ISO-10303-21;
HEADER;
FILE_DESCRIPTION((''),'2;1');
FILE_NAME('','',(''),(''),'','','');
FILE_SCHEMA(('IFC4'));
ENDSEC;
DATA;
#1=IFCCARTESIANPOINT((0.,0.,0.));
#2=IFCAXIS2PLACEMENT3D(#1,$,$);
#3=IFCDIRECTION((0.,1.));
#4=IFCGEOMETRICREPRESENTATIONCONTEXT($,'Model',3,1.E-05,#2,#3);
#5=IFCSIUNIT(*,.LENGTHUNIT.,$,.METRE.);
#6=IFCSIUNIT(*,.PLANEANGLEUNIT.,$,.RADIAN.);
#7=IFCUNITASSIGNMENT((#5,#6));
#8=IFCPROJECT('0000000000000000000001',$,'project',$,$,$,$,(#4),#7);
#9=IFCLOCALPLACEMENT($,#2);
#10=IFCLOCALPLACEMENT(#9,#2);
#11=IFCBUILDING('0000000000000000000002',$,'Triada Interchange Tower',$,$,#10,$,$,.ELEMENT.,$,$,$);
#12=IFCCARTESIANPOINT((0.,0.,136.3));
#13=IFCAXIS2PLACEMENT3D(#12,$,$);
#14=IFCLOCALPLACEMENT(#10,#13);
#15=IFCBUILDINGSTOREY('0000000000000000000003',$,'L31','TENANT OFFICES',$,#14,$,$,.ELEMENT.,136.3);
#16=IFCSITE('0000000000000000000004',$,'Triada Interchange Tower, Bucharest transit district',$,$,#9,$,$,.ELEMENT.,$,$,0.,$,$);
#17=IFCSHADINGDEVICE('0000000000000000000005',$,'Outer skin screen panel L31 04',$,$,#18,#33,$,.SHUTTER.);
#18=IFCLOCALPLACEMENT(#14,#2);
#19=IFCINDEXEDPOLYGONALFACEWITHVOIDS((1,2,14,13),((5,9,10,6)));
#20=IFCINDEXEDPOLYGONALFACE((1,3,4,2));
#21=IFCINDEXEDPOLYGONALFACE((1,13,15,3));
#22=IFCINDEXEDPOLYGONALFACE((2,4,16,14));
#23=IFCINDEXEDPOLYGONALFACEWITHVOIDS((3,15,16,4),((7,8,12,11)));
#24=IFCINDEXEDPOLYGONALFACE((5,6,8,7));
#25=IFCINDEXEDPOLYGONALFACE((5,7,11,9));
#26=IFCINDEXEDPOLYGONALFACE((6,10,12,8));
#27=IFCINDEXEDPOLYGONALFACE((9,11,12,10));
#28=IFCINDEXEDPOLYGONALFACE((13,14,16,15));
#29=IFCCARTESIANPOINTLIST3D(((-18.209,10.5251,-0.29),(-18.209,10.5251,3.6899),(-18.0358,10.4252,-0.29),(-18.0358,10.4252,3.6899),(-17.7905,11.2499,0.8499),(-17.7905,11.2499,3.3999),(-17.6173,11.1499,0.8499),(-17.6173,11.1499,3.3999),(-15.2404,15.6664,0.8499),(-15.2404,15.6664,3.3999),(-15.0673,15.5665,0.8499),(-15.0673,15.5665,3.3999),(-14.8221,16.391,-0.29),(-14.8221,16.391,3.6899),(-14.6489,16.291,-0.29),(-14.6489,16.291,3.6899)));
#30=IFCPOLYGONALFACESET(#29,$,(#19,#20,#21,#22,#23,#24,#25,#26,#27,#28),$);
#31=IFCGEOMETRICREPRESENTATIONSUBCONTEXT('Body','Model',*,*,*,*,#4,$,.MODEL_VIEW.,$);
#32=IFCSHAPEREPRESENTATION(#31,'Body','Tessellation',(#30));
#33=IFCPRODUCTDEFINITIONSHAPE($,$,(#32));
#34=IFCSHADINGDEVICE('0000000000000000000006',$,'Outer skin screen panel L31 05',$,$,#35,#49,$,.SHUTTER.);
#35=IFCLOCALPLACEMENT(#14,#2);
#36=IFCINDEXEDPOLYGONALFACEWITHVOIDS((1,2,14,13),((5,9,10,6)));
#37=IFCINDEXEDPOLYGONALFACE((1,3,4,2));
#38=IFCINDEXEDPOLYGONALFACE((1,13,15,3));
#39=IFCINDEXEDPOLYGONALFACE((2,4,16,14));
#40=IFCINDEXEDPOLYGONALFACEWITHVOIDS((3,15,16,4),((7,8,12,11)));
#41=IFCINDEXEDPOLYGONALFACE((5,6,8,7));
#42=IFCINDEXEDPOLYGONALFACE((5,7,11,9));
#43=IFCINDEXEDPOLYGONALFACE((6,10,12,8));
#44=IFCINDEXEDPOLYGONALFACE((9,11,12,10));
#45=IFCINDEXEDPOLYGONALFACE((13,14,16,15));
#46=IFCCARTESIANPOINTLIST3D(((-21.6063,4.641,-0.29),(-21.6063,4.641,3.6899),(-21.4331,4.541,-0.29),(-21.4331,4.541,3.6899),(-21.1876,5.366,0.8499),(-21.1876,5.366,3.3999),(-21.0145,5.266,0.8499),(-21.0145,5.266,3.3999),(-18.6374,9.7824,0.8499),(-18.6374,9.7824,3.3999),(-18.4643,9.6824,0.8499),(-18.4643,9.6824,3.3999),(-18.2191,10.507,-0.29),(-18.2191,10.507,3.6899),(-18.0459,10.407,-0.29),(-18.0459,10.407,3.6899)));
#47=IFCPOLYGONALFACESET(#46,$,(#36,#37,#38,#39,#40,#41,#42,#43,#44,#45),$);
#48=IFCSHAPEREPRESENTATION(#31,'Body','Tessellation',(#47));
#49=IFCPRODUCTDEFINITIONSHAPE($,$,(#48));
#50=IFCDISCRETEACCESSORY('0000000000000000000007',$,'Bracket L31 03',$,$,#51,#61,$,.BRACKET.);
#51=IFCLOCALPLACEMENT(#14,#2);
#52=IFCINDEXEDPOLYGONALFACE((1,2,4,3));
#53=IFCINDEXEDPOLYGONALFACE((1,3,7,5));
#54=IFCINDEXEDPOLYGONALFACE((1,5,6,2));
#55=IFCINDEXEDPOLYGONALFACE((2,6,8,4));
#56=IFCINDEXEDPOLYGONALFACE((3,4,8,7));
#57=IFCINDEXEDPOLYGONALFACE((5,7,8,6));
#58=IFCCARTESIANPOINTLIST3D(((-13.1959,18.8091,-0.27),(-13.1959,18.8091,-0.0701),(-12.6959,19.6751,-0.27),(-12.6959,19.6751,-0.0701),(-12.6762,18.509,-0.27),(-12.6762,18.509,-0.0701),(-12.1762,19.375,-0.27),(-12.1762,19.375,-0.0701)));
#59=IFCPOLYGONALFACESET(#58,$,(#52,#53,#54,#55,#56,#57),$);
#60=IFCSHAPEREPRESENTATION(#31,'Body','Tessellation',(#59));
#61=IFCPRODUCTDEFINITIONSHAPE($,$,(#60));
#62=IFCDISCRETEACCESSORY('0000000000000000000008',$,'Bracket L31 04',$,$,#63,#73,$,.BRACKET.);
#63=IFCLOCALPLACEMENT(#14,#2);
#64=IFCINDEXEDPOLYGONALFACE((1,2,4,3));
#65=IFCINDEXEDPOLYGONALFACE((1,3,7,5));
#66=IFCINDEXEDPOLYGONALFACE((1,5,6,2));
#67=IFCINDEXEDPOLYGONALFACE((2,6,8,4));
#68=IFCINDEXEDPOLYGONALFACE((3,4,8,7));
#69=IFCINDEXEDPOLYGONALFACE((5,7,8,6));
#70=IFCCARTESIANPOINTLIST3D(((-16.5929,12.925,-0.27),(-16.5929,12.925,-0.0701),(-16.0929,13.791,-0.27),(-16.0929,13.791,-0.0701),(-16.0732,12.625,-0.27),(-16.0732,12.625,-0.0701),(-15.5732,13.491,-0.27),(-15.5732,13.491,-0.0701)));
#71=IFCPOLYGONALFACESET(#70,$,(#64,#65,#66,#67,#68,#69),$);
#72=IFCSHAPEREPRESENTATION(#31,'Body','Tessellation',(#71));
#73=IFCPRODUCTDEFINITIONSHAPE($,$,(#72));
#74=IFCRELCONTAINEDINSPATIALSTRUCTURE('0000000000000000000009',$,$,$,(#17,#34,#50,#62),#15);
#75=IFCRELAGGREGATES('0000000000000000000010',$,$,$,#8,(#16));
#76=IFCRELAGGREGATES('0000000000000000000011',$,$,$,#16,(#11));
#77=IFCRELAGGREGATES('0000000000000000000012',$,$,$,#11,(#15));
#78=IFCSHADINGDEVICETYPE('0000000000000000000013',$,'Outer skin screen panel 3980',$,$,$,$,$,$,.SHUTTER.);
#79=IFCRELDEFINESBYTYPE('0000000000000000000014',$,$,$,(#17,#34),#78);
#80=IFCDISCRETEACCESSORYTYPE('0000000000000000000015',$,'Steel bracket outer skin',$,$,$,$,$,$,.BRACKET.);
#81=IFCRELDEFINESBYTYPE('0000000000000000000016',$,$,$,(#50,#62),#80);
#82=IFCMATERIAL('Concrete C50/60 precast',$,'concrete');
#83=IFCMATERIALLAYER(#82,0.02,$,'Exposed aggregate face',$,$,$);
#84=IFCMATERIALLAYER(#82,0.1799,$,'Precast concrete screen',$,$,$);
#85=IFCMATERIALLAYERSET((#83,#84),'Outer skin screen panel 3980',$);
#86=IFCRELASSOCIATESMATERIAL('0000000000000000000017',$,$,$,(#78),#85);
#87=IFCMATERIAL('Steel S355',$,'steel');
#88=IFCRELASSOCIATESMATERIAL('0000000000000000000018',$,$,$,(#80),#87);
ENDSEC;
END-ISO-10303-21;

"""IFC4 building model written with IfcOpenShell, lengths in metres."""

from ifc_helpers import new_model, si_unit, direction, frame, origin, origin_2d, place, context, subcontext, project, spatial, polyline, rectangle, outline, extrude, material, layer, layer_set, type_object, element, save


model = new_model("IFC4")

# Units and contexts
model_context = context("Model", 3, precision=1e-05, world=origin(), true_north=direction((0.0, 1.0)))
body_context = subcontext(model_context, "Body", "Model", "MODEL_VIEW")
ifc_project = project(units=[si_unit("LENGTHUNIT", "METRE"), si_unit("PLANEANGLEUNIT", "RADIAN")], contexts=[model_context])

# Site, building, storey
site_placement = place(None, origin())
site = spatial("IfcSite", under=ifc_project, at=site_placement, Name="Triada Interchange Tower, Bucharest transit district", CompositionType="ELEMENT", RefElevation=0.0)
building_placement = place(site_placement, origin())
building = spatial("IfcBuilding", under=site, at=building_placement, Name="Triada Interchange Tower", CompositionType="ELEMENT")
storey_placement = place(building_placement, frame((0.0, 0.0, 136.3)))
storey = spatial("IfcBuildingStorey", under=building, at=storey_placement, Name="L31", Description="TENANT OFFICES", CompositionType="ELEMENT", Elevation=136.3)

# Shading devices
ifc_material_1 = material(Name="Concrete C50/60 precast", Category="concrete")
ifc_layer_1 = layer(ifc_material_1, 0.02, Name="Exposed aggregate face")
ifc_layer_2 = layer(ifc_material_1, 0.1799, Name="Precast concrete screen")
ifc_layer_set_1 = layer_set([ifc_layer_1, ifc_layer_2], Name="Outer skin screen panel 3980")
shading_device_type = type_object("IfcShadingDeviceType", Name="Outer skin screen panel 3980", PredefinedType="SHUTTER", material=ifc_layer_set_1)
shading_device_1_placement = place(storey_placement, frame((-14.6489, 16.291, -0.29), z_axis=(0.0, 0.0, 1.0), x_axis=(-0.500027, -0.86601, 0.0)))
element("IfcShadingDevice", 1, at=shading_device_1_placement, inside=storey, type_object=shading_device_type, Name="Outer skin screen panel L31 04", PredefinedType="SHUTTER", context=body_context, shape_type="SweptSolid", body=[
    extrude(outline(polyline([(0.0, 0.0), (6.7734, 0.0), (6.7734, 3.98), (0.0, 3.98), (0.0, 0.0)]), holes=[polyline([(0.8367, 1.1399), (0.8367, 3.6899), (5.9365, 3.6899), (5.9365, 1.1399), (0.8367, 1.1399)])]), frame((0.0, 0.0, 0.0), z_axis=(0.0, -1.0, 0.0), x_axis=(1.0, 0.0, 0.0)), (0.0, 0.0, 1.0), 0.2),
])
shading_device_2_placement = place(storey_placement, frame((-18.0459, 10.407, -0.29), z_axis=(0.0, 0.0, 1.0), x_axis=(-0.500054, -0.865994, 0.0)))
element("IfcShadingDevice", 2, at=shading_device_2_placement, inside=storey, type_object=shading_device_type, Name="Outer skin screen panel L31 05", PredefinedType="SHUTTER", context=body_context, shape_type="SweptSolid", body=[
    extrude(outline(polyline([(0.0, 0.0), (6.7737, 0.0), (6.7737, 3.98), (0.0, 3.98), (0.0, 0.0)]), holes=[polyline([(0.8367, 1.1399), (0.8367, 3.6899), (5.9365, 3.6899), (5.9365, 1.1399), (0.8367, 1.1399)])]), frame((0.0, 0.0, 0.0), z_axis=(0.0, -1.0, 0.0), x_axis=(1.0, 0.0, 0.0)), (0.0, 0.0, 1.0), 0.2),
])

# Discrete accessories
ifc_material_2 = material(Name="Steel S355", Category="steel")
discrete_accessory_type = type_object("IfcDiscreteAccessoryType", Name="Steel bracket outer skin", PredefinedType="BRACKET", material=ifc_material_2)
for number, where, z_axis, x_axis, name in (
    (3, (-12.686, 19.092, -0.27), (0.0, 0.0, 1.0), (-0.866023, 0.500004, 0.0), "Bracket L31 03"),
    (4, (-16.083, 13.208, -0.27), (0.0, 0.0, 1.0), (-0.866023, 0.500004, 0.0), "Bracket L31 04"),
):
    element("IfcDiscreteAccessory", number, at=place(storey_placement, frame(where, z_axis=z_axis, x_axis=x_axis)), inside=storey, type_object=discrete_accessory_type, Name=name, PredefinedType="BRACKET", context=body_context, shape_type="SweptSolid", body=[
        extrude(rectangle(XDim=0.6001, YDim=1.0, at=origin_2d()), origin(), (0.0, 0.0, 1.0), 0.2),
    ])

save(model, "model.ifc")
